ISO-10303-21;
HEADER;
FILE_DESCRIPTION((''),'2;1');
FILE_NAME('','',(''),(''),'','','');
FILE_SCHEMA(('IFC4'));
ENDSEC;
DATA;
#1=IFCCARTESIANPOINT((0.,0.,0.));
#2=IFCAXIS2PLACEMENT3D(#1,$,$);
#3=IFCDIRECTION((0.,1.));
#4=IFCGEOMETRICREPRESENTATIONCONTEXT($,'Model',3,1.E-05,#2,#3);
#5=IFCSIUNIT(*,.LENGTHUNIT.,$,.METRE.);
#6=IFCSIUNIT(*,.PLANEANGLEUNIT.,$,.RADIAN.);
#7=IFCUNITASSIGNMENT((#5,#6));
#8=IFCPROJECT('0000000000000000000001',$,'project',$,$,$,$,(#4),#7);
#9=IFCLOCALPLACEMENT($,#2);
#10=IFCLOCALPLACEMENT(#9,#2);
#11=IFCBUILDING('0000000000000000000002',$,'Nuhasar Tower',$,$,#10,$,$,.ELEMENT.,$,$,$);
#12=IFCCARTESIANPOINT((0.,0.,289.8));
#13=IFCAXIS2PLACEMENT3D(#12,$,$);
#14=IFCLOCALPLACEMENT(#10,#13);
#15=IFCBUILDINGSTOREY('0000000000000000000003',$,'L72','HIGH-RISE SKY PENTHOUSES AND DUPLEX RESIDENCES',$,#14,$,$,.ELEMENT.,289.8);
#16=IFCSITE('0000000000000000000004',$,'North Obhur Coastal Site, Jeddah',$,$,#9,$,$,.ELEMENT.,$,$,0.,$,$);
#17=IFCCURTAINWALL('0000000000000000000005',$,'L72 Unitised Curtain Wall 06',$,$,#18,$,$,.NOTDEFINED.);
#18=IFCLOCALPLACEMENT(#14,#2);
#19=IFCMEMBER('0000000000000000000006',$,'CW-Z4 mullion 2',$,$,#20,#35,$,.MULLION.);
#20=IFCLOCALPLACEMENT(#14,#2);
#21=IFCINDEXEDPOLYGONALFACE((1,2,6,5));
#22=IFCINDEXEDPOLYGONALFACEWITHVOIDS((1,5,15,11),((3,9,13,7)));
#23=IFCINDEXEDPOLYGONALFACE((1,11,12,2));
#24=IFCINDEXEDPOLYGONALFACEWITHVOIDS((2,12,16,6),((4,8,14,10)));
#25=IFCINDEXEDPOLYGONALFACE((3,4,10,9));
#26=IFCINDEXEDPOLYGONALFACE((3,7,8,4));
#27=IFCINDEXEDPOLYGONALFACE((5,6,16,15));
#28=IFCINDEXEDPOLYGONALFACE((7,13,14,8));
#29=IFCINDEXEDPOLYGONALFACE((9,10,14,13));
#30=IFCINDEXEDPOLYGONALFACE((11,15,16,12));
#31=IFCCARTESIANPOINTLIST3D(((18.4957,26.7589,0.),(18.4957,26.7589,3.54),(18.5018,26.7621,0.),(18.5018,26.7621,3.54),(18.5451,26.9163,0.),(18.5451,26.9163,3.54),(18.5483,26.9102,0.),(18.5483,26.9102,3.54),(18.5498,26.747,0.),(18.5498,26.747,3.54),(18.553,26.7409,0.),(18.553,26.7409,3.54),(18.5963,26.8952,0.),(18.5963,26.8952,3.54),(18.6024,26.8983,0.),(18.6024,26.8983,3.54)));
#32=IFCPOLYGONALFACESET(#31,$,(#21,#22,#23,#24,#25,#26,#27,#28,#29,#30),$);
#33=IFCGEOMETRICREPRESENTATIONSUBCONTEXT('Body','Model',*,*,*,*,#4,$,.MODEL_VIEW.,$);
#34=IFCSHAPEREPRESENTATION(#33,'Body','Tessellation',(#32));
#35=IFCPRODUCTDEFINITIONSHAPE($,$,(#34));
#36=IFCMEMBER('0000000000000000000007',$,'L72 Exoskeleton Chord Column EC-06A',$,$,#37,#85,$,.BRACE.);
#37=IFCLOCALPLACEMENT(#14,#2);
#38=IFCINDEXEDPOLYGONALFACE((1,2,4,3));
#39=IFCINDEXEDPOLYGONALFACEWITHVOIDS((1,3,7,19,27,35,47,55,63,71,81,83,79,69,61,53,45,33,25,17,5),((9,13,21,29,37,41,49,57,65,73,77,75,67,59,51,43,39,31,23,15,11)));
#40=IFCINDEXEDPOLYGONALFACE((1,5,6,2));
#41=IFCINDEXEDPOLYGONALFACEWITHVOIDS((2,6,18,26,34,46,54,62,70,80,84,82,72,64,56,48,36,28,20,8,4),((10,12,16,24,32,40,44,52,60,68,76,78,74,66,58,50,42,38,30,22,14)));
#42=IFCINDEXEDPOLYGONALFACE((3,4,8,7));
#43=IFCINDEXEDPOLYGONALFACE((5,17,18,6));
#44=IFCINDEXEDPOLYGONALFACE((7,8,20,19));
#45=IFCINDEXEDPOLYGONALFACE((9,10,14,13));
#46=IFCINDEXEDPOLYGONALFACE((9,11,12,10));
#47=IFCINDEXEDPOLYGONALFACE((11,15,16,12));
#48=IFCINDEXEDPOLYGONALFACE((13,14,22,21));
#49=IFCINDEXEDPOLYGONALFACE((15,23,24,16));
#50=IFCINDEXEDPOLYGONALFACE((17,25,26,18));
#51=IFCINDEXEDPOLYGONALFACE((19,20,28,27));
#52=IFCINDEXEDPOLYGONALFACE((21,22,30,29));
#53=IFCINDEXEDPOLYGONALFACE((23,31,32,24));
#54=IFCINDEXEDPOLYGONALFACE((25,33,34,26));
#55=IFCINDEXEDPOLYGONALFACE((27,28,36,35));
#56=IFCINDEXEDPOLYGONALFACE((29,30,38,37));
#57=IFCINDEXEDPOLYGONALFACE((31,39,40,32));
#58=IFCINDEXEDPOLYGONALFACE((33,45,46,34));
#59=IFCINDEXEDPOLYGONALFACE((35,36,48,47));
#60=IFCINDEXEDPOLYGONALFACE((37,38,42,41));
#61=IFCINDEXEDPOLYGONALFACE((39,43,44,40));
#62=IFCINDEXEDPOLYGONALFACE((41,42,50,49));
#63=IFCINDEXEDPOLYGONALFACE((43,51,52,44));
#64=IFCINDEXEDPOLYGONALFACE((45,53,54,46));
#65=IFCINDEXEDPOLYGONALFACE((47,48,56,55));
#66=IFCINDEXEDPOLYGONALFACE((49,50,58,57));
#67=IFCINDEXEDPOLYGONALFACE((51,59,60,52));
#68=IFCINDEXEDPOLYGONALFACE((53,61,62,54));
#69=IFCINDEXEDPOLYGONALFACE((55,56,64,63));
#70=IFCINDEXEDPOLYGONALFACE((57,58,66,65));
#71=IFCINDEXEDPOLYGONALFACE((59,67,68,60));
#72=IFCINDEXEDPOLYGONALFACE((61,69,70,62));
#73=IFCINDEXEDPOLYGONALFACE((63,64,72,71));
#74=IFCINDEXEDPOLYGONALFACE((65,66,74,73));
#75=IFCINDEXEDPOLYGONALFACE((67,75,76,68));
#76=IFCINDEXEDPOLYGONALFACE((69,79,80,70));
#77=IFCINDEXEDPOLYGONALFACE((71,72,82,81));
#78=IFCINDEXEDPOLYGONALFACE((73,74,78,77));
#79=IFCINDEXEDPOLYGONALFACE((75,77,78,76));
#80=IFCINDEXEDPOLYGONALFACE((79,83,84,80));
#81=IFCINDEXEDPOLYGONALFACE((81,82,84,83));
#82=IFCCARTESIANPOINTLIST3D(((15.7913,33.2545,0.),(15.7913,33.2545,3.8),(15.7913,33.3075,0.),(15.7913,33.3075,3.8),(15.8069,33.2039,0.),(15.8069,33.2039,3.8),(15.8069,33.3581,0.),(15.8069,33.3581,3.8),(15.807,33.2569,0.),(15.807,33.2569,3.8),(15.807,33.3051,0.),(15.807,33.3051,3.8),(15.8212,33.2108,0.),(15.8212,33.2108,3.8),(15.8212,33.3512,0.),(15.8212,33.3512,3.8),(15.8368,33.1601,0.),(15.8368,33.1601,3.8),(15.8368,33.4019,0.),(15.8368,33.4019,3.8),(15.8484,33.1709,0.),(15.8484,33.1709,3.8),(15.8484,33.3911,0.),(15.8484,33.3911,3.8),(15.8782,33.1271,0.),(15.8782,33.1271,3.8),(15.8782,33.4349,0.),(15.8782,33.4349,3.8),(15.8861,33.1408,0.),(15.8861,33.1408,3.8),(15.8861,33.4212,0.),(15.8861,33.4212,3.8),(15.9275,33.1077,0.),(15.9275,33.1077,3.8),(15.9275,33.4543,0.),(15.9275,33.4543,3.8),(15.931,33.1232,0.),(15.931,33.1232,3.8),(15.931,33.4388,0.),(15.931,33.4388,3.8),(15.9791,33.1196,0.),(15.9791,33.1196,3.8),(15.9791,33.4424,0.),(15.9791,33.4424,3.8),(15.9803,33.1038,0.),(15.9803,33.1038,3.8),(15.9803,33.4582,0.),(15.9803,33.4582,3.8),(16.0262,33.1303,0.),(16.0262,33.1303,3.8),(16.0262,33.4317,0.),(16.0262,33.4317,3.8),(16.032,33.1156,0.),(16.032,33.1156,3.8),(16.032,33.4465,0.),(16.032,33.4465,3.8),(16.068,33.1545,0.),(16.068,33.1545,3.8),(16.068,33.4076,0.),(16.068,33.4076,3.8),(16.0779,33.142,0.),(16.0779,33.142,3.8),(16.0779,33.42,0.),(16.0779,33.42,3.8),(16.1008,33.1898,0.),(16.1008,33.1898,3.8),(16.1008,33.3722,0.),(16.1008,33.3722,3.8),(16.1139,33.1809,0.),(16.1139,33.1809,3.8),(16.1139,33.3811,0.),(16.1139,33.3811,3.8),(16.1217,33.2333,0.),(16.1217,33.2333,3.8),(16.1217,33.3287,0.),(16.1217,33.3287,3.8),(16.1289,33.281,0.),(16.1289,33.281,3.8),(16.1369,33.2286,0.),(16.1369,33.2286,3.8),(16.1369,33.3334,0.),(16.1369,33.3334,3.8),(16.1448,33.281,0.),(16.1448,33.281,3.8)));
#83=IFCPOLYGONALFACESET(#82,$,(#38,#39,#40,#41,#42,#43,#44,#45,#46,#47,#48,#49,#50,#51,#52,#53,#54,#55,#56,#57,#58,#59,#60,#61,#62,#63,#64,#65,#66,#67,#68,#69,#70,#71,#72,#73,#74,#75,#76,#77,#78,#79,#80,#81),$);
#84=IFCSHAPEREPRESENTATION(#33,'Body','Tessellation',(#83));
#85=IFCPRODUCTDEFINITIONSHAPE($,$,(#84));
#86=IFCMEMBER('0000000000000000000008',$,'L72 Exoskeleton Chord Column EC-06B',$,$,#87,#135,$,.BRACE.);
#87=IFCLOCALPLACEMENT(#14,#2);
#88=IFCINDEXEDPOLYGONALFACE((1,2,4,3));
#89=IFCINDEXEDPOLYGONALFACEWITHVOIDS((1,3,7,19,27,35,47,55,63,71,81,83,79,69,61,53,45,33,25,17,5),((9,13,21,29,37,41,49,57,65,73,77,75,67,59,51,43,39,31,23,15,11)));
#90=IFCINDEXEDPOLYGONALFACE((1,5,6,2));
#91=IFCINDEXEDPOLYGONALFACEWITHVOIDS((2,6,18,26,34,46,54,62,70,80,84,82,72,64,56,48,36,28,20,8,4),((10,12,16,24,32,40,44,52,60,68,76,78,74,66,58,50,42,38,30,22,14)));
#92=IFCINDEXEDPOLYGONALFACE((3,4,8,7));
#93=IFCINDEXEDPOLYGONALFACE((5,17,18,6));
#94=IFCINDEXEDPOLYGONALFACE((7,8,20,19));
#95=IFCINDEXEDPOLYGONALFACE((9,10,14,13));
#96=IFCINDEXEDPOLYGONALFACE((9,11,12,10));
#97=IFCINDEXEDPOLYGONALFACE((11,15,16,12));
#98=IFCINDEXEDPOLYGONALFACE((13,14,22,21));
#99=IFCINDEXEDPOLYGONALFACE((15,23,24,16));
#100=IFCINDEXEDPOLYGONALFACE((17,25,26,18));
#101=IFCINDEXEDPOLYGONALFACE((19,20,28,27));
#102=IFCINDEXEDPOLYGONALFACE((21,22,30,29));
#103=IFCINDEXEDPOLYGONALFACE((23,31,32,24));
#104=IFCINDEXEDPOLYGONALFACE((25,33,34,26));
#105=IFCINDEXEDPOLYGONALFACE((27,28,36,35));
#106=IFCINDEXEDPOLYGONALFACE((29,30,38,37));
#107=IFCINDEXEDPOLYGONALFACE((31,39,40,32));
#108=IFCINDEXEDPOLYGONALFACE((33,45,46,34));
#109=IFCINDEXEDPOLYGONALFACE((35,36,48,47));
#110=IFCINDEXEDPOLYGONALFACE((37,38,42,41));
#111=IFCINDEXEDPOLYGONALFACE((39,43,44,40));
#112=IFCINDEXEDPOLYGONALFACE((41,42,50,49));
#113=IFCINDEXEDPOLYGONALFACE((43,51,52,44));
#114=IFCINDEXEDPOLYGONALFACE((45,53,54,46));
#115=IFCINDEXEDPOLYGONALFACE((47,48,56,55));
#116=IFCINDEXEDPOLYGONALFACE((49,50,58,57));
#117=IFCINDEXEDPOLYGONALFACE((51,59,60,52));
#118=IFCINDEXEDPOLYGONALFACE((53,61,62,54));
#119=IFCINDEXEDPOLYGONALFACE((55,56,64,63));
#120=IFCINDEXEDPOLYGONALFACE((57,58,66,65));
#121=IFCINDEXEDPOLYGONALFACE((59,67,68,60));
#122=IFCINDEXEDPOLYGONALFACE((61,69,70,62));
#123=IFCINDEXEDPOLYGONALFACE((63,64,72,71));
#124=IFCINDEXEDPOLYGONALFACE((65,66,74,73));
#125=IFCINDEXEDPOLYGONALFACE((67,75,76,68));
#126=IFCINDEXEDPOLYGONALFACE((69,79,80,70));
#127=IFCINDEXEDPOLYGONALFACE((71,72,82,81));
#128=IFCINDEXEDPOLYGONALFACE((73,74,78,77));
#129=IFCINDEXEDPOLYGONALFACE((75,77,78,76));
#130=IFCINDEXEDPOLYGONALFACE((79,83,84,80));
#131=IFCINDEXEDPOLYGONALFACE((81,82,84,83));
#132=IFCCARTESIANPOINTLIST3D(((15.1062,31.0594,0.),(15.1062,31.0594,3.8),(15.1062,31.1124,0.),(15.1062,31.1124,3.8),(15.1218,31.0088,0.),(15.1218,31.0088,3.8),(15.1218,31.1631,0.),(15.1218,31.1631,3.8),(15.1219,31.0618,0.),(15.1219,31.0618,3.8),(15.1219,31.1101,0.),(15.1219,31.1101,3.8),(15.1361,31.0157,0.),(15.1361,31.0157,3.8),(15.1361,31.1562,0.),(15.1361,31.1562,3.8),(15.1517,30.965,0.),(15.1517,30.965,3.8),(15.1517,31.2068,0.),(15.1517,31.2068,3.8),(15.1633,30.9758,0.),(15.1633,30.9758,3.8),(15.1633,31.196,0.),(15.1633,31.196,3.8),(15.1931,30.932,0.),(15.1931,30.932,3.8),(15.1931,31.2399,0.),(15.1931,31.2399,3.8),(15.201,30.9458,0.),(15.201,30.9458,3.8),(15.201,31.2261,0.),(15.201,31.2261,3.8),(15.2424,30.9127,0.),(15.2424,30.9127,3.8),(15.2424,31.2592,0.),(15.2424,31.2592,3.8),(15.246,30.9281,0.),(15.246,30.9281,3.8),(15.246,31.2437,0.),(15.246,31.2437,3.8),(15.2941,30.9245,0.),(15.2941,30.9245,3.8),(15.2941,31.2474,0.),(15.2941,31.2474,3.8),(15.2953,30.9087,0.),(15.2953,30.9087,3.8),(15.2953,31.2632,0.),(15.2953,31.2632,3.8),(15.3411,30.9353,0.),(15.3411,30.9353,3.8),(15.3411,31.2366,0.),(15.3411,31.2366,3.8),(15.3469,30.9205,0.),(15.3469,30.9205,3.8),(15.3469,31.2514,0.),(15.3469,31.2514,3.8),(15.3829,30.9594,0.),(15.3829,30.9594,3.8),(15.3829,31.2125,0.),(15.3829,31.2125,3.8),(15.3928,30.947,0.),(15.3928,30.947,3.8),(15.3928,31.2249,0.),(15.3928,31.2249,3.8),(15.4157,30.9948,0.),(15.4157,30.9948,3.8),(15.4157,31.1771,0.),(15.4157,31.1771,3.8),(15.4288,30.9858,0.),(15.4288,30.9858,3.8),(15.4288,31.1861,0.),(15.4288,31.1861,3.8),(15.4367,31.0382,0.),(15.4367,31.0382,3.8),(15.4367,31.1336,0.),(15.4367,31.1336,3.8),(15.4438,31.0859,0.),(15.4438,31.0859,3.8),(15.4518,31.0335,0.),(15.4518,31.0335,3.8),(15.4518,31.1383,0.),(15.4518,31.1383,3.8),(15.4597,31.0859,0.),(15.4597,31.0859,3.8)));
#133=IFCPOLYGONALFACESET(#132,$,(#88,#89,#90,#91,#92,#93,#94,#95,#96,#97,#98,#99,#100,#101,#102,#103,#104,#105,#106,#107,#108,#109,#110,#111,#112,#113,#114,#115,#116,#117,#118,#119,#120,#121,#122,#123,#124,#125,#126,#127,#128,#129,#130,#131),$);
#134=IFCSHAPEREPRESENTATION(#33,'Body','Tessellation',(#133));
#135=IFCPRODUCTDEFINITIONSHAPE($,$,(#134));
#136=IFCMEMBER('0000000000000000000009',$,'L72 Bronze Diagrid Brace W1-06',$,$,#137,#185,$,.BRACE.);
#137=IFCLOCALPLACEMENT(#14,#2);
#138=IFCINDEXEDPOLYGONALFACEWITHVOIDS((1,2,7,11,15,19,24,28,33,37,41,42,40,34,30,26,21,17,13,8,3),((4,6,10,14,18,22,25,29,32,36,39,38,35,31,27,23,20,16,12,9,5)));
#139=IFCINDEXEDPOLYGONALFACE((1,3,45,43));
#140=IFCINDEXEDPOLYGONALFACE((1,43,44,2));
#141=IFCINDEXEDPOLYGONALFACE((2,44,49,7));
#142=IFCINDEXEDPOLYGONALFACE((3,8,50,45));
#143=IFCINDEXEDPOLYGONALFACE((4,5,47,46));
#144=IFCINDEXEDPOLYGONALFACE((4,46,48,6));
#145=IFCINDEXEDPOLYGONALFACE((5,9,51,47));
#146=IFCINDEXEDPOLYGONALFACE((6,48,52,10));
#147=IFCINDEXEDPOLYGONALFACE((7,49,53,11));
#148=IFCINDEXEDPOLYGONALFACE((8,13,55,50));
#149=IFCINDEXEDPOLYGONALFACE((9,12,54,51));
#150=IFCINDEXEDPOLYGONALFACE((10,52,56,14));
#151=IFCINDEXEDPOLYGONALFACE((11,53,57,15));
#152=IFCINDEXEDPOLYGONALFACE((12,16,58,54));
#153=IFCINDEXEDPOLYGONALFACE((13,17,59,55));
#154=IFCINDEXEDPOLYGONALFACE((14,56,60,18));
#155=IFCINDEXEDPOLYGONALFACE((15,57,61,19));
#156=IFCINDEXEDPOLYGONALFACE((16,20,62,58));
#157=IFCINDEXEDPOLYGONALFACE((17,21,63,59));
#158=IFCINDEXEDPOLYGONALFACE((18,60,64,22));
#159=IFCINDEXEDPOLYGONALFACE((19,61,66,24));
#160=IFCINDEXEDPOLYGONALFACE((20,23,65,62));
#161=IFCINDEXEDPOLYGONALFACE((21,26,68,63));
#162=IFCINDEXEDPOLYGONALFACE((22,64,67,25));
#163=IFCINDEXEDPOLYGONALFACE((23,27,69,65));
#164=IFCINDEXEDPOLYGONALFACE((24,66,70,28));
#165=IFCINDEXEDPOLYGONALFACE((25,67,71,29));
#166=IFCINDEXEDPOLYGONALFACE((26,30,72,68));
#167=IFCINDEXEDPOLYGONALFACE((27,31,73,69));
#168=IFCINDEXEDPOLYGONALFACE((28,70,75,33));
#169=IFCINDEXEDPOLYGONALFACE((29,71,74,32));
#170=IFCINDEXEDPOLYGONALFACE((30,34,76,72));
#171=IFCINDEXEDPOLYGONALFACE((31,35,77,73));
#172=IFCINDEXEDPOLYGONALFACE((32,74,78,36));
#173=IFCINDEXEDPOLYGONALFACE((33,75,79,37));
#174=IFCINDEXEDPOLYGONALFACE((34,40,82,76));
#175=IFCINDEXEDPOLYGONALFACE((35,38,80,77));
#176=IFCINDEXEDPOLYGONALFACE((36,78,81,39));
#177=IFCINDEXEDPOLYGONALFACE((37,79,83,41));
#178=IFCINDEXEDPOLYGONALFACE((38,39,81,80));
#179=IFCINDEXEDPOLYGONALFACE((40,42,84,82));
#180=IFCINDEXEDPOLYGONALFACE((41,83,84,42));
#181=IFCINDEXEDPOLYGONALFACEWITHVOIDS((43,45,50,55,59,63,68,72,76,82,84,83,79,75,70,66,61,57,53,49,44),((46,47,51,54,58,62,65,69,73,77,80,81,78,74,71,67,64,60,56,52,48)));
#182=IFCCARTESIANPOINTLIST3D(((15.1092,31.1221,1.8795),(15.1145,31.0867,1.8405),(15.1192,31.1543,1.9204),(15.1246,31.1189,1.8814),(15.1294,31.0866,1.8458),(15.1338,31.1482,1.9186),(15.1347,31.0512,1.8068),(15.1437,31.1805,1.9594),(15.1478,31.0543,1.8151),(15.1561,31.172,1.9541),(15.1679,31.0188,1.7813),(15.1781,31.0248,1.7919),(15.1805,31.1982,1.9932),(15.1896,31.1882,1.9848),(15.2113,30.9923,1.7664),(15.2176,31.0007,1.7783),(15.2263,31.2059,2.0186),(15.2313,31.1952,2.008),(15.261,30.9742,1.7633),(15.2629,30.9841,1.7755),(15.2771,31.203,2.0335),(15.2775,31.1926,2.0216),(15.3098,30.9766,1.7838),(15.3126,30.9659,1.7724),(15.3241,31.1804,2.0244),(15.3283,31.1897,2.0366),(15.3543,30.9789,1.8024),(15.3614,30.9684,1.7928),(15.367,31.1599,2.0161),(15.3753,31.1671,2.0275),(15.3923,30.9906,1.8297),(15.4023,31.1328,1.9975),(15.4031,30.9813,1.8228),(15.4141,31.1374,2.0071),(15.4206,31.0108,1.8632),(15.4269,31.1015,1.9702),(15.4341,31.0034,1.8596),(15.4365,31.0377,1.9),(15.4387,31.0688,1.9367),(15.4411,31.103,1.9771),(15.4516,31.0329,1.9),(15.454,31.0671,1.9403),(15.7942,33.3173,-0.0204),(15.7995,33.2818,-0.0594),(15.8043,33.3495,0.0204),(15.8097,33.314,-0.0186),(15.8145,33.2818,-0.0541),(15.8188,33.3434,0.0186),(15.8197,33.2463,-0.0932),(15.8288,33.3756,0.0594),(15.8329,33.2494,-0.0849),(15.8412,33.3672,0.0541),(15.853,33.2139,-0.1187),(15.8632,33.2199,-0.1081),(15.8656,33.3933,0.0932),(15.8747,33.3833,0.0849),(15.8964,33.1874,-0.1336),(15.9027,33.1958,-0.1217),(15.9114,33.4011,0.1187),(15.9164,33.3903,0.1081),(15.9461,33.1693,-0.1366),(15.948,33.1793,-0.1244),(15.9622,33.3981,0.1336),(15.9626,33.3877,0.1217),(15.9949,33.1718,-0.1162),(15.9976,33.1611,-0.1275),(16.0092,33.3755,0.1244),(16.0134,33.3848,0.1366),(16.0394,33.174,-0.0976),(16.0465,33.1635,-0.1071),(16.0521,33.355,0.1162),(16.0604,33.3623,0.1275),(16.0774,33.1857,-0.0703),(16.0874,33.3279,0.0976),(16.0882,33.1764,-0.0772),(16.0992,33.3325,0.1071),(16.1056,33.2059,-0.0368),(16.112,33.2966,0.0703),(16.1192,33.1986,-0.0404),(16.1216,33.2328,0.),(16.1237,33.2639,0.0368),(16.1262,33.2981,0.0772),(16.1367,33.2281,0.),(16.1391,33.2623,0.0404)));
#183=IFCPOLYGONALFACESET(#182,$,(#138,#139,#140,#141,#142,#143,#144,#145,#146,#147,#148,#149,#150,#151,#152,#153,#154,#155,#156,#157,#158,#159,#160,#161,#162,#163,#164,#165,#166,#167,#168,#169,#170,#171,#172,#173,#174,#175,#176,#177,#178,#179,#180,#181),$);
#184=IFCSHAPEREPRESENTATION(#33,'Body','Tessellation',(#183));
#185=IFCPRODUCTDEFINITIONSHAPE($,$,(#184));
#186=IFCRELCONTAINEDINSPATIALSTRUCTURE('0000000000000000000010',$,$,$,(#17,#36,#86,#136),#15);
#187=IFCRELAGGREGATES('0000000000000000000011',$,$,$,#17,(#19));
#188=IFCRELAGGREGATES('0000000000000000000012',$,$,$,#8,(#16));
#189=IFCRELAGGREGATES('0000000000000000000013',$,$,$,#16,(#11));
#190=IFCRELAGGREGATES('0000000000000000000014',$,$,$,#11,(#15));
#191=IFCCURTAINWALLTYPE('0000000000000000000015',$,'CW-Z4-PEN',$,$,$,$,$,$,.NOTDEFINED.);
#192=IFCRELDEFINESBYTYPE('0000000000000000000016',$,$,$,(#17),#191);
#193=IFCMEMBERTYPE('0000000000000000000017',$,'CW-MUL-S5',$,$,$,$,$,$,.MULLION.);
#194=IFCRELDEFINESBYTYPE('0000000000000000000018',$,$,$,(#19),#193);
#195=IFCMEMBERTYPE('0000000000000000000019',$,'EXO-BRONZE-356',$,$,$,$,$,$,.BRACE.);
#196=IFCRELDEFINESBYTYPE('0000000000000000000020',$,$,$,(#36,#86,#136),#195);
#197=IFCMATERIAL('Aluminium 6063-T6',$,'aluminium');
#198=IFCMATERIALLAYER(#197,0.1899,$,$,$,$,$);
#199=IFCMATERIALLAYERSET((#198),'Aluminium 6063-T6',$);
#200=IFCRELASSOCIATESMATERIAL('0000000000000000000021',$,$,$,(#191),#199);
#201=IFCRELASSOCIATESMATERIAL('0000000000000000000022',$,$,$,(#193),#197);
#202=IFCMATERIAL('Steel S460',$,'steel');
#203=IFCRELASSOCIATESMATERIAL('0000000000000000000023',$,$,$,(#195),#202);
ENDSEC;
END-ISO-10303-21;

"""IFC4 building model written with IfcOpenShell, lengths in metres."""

from ifc_helpers import new_model, si_unit, direction, frame, origin, origin_2d, place, context, subcontext, project, spatial, hollow_rectangle, hollow_circle, extrude, material, layer, layer_set, material_profile, profile_set, type_object, element, aggregate, save


model = new_model("IFC4")

# Units and contexts
model_context = context("Model", 3, precision=1e-05, world=origin(), true_north=direction((0.0, 1.0)))
body_context = subcontext(model_context, "Body", "Model", "MODEL_VIEW")
ifc_project = project(units=[si_unit("LENGTHUNIT", "METRE"), si_unit("PLANEANGLEUNIT", "RADIAN")], contexts=[model_context])

# Site, building, storey
site_placement = place(None, origin())
site = spatial("IfcSite", under=ifc_project, at=site_placement, Name="North Obhur Coastal Site, Jeddah", CompositionType="ELEMENT", RefElevation=0.0)
building_placement = place(site_placement, origin())
building = spatial("IfcBuilding", under=site, at=building_placement, Name="Nuhasar Tower", CompositionType="ELEMENT")
storey_placement = place(building_placement, frame((0.0, 0.0, 289.8)))
storey = spatial("IfcBuildingStorey", under=building, at=storey_placement, Name="L72", Description="HIGH-RISE SKY PENTHOUSES AND DUPLEX RESIDENCES", CompositionType="ELEMENT", Elevation=289.8)

# Curtain wall, member
ifc_material_1 = material(Name="Aluminium 6063-T6", Category="aluminium")
ifc_layer_1 = layer(ifc_material_1, 0.1899)
ifc_layer_set_1 = layer_set([ifc_layer_1], Name="Aluminium 6063-T6")
curtain_wall_type = type_object("IfcCurtainWallType", Name="CW-Z4-PEN", PredefinedType="NOTDEFINED", material=ifc_layer_set_1)
curtain_wall_placement = place(storey_placement, origin())
curtain_wall = element("IfcCurtainWall", 1, at=curtain_wall_placement, inside=storey, type_object=curtain_wall_type, Name="L72 Unitised Curtain Wall 06", PredefinedType="NOTDEFINED")
ifc_material_profile_1 = material_profile(ifc_material_1, hollow_rectangle(XDim=0.0601, YDim=0.165, WallThickness=0.0049, at=origin_2d()), Name="CWM-5")
ifc_profile_set_1 = profile_set([ifc_material_profile_1], Name="Aluminium 6063-T6")
member_type_1 = type_object("IfcMemberType", Name="CW-MUL-S5", PredefinedType="MULLION", material=ifc_profile_set_1)
member_placement = place(storey_placement, frame((18.5491, 26.8286, 0.0), z_axis=(0.0, 0.0, 1.0), x_axis=(0.954079, -0.299557, 0.0)))
member = element("IfcMember", 2, at=member_placement, type_object=member_type_1, Name="CW-Z4 mullion 2", PredefinedType="MULLION", context=body_context, shape_type="SweptSolid", body=[
    extrude(hollow_rectangle(XDim=0.0601, YDim=0.165, WallThickness=0.0049, at=origin_2d()), origin(), (0.0, 0.0, 1.0), 3.54),
])

# Members
ifc_material_2 = material(Name="Steel S460", Category="steel")
ifc_material_profile_2 = material_profile(ifc_material_2, hollow_circle(Radius=0.1777, WallThickness=0.0159, at=origin_2d()), Name="HSS355.6X15.9")
ifc_profile_set_2 = profile_set([ifc_material_profile_2], Name="Steel S460")
member_type_2 = type_object("IfcMemberType", Name="EXO-BRONZE-356", PredefinedType="BRACE", material=ifc_profile_set_2)
for number, where, z_axis, x_axis, name in (
    (3, (15.967, 33.281, 0.0), (0.0, 0.0, 1.0), (1.0, 0.0, 0.0), "L72 Exoskeleton Chord Column EC-06A"),
    (4, (15.282, 31.0859, 0.0), (0.0, 0.0, 1.0), (1.0, 0.0, 0.0), "L72 Exoskeleton Chord Column EC-06B"),
):
    element("IfcMember", number, at=place(storey_placement, frame(where, z_axis=z_axis, x_axis=x_axis)), inside=storey, type_object=member_type_2, Name=name, PredefinedType="BRACE", context=body_context, shape_type="SweptSolid", body=[
        extrude(hollow_circle(Radius=0.1777, WallThickness=0.0159, at=origin_2d()), origin(), (0.0, 0.0, 1.0), 3.8),
    ])
for number, where, z_axis, x_axis, name in (
    (5, (15.967, 33.281, 0.0), (-0.229668, -0.735902, 0.636947), (0.954591, -0.297918, 0.0), "L72 Bronze Diagrid Brace W1-06"),
):
    element("IfcMember", number, at=place(storey_placement, frame(where, z_axis=z_axis, x_axis=x_axis)), inside=storey, type_object=member_type_2, Name=name, PredefinedType="BRACE", context=body_context, shape_type="SweptSolid", body=[
        extrude(hollow_circle(Radius=0.1777, WallThickness=0.0159, at=origin_2d()), origin(), (0.0, 0.0, 1.0), 2.9829),
    ])

aggregate(curtain_wall, [member])

save(model, "model.ifc")
